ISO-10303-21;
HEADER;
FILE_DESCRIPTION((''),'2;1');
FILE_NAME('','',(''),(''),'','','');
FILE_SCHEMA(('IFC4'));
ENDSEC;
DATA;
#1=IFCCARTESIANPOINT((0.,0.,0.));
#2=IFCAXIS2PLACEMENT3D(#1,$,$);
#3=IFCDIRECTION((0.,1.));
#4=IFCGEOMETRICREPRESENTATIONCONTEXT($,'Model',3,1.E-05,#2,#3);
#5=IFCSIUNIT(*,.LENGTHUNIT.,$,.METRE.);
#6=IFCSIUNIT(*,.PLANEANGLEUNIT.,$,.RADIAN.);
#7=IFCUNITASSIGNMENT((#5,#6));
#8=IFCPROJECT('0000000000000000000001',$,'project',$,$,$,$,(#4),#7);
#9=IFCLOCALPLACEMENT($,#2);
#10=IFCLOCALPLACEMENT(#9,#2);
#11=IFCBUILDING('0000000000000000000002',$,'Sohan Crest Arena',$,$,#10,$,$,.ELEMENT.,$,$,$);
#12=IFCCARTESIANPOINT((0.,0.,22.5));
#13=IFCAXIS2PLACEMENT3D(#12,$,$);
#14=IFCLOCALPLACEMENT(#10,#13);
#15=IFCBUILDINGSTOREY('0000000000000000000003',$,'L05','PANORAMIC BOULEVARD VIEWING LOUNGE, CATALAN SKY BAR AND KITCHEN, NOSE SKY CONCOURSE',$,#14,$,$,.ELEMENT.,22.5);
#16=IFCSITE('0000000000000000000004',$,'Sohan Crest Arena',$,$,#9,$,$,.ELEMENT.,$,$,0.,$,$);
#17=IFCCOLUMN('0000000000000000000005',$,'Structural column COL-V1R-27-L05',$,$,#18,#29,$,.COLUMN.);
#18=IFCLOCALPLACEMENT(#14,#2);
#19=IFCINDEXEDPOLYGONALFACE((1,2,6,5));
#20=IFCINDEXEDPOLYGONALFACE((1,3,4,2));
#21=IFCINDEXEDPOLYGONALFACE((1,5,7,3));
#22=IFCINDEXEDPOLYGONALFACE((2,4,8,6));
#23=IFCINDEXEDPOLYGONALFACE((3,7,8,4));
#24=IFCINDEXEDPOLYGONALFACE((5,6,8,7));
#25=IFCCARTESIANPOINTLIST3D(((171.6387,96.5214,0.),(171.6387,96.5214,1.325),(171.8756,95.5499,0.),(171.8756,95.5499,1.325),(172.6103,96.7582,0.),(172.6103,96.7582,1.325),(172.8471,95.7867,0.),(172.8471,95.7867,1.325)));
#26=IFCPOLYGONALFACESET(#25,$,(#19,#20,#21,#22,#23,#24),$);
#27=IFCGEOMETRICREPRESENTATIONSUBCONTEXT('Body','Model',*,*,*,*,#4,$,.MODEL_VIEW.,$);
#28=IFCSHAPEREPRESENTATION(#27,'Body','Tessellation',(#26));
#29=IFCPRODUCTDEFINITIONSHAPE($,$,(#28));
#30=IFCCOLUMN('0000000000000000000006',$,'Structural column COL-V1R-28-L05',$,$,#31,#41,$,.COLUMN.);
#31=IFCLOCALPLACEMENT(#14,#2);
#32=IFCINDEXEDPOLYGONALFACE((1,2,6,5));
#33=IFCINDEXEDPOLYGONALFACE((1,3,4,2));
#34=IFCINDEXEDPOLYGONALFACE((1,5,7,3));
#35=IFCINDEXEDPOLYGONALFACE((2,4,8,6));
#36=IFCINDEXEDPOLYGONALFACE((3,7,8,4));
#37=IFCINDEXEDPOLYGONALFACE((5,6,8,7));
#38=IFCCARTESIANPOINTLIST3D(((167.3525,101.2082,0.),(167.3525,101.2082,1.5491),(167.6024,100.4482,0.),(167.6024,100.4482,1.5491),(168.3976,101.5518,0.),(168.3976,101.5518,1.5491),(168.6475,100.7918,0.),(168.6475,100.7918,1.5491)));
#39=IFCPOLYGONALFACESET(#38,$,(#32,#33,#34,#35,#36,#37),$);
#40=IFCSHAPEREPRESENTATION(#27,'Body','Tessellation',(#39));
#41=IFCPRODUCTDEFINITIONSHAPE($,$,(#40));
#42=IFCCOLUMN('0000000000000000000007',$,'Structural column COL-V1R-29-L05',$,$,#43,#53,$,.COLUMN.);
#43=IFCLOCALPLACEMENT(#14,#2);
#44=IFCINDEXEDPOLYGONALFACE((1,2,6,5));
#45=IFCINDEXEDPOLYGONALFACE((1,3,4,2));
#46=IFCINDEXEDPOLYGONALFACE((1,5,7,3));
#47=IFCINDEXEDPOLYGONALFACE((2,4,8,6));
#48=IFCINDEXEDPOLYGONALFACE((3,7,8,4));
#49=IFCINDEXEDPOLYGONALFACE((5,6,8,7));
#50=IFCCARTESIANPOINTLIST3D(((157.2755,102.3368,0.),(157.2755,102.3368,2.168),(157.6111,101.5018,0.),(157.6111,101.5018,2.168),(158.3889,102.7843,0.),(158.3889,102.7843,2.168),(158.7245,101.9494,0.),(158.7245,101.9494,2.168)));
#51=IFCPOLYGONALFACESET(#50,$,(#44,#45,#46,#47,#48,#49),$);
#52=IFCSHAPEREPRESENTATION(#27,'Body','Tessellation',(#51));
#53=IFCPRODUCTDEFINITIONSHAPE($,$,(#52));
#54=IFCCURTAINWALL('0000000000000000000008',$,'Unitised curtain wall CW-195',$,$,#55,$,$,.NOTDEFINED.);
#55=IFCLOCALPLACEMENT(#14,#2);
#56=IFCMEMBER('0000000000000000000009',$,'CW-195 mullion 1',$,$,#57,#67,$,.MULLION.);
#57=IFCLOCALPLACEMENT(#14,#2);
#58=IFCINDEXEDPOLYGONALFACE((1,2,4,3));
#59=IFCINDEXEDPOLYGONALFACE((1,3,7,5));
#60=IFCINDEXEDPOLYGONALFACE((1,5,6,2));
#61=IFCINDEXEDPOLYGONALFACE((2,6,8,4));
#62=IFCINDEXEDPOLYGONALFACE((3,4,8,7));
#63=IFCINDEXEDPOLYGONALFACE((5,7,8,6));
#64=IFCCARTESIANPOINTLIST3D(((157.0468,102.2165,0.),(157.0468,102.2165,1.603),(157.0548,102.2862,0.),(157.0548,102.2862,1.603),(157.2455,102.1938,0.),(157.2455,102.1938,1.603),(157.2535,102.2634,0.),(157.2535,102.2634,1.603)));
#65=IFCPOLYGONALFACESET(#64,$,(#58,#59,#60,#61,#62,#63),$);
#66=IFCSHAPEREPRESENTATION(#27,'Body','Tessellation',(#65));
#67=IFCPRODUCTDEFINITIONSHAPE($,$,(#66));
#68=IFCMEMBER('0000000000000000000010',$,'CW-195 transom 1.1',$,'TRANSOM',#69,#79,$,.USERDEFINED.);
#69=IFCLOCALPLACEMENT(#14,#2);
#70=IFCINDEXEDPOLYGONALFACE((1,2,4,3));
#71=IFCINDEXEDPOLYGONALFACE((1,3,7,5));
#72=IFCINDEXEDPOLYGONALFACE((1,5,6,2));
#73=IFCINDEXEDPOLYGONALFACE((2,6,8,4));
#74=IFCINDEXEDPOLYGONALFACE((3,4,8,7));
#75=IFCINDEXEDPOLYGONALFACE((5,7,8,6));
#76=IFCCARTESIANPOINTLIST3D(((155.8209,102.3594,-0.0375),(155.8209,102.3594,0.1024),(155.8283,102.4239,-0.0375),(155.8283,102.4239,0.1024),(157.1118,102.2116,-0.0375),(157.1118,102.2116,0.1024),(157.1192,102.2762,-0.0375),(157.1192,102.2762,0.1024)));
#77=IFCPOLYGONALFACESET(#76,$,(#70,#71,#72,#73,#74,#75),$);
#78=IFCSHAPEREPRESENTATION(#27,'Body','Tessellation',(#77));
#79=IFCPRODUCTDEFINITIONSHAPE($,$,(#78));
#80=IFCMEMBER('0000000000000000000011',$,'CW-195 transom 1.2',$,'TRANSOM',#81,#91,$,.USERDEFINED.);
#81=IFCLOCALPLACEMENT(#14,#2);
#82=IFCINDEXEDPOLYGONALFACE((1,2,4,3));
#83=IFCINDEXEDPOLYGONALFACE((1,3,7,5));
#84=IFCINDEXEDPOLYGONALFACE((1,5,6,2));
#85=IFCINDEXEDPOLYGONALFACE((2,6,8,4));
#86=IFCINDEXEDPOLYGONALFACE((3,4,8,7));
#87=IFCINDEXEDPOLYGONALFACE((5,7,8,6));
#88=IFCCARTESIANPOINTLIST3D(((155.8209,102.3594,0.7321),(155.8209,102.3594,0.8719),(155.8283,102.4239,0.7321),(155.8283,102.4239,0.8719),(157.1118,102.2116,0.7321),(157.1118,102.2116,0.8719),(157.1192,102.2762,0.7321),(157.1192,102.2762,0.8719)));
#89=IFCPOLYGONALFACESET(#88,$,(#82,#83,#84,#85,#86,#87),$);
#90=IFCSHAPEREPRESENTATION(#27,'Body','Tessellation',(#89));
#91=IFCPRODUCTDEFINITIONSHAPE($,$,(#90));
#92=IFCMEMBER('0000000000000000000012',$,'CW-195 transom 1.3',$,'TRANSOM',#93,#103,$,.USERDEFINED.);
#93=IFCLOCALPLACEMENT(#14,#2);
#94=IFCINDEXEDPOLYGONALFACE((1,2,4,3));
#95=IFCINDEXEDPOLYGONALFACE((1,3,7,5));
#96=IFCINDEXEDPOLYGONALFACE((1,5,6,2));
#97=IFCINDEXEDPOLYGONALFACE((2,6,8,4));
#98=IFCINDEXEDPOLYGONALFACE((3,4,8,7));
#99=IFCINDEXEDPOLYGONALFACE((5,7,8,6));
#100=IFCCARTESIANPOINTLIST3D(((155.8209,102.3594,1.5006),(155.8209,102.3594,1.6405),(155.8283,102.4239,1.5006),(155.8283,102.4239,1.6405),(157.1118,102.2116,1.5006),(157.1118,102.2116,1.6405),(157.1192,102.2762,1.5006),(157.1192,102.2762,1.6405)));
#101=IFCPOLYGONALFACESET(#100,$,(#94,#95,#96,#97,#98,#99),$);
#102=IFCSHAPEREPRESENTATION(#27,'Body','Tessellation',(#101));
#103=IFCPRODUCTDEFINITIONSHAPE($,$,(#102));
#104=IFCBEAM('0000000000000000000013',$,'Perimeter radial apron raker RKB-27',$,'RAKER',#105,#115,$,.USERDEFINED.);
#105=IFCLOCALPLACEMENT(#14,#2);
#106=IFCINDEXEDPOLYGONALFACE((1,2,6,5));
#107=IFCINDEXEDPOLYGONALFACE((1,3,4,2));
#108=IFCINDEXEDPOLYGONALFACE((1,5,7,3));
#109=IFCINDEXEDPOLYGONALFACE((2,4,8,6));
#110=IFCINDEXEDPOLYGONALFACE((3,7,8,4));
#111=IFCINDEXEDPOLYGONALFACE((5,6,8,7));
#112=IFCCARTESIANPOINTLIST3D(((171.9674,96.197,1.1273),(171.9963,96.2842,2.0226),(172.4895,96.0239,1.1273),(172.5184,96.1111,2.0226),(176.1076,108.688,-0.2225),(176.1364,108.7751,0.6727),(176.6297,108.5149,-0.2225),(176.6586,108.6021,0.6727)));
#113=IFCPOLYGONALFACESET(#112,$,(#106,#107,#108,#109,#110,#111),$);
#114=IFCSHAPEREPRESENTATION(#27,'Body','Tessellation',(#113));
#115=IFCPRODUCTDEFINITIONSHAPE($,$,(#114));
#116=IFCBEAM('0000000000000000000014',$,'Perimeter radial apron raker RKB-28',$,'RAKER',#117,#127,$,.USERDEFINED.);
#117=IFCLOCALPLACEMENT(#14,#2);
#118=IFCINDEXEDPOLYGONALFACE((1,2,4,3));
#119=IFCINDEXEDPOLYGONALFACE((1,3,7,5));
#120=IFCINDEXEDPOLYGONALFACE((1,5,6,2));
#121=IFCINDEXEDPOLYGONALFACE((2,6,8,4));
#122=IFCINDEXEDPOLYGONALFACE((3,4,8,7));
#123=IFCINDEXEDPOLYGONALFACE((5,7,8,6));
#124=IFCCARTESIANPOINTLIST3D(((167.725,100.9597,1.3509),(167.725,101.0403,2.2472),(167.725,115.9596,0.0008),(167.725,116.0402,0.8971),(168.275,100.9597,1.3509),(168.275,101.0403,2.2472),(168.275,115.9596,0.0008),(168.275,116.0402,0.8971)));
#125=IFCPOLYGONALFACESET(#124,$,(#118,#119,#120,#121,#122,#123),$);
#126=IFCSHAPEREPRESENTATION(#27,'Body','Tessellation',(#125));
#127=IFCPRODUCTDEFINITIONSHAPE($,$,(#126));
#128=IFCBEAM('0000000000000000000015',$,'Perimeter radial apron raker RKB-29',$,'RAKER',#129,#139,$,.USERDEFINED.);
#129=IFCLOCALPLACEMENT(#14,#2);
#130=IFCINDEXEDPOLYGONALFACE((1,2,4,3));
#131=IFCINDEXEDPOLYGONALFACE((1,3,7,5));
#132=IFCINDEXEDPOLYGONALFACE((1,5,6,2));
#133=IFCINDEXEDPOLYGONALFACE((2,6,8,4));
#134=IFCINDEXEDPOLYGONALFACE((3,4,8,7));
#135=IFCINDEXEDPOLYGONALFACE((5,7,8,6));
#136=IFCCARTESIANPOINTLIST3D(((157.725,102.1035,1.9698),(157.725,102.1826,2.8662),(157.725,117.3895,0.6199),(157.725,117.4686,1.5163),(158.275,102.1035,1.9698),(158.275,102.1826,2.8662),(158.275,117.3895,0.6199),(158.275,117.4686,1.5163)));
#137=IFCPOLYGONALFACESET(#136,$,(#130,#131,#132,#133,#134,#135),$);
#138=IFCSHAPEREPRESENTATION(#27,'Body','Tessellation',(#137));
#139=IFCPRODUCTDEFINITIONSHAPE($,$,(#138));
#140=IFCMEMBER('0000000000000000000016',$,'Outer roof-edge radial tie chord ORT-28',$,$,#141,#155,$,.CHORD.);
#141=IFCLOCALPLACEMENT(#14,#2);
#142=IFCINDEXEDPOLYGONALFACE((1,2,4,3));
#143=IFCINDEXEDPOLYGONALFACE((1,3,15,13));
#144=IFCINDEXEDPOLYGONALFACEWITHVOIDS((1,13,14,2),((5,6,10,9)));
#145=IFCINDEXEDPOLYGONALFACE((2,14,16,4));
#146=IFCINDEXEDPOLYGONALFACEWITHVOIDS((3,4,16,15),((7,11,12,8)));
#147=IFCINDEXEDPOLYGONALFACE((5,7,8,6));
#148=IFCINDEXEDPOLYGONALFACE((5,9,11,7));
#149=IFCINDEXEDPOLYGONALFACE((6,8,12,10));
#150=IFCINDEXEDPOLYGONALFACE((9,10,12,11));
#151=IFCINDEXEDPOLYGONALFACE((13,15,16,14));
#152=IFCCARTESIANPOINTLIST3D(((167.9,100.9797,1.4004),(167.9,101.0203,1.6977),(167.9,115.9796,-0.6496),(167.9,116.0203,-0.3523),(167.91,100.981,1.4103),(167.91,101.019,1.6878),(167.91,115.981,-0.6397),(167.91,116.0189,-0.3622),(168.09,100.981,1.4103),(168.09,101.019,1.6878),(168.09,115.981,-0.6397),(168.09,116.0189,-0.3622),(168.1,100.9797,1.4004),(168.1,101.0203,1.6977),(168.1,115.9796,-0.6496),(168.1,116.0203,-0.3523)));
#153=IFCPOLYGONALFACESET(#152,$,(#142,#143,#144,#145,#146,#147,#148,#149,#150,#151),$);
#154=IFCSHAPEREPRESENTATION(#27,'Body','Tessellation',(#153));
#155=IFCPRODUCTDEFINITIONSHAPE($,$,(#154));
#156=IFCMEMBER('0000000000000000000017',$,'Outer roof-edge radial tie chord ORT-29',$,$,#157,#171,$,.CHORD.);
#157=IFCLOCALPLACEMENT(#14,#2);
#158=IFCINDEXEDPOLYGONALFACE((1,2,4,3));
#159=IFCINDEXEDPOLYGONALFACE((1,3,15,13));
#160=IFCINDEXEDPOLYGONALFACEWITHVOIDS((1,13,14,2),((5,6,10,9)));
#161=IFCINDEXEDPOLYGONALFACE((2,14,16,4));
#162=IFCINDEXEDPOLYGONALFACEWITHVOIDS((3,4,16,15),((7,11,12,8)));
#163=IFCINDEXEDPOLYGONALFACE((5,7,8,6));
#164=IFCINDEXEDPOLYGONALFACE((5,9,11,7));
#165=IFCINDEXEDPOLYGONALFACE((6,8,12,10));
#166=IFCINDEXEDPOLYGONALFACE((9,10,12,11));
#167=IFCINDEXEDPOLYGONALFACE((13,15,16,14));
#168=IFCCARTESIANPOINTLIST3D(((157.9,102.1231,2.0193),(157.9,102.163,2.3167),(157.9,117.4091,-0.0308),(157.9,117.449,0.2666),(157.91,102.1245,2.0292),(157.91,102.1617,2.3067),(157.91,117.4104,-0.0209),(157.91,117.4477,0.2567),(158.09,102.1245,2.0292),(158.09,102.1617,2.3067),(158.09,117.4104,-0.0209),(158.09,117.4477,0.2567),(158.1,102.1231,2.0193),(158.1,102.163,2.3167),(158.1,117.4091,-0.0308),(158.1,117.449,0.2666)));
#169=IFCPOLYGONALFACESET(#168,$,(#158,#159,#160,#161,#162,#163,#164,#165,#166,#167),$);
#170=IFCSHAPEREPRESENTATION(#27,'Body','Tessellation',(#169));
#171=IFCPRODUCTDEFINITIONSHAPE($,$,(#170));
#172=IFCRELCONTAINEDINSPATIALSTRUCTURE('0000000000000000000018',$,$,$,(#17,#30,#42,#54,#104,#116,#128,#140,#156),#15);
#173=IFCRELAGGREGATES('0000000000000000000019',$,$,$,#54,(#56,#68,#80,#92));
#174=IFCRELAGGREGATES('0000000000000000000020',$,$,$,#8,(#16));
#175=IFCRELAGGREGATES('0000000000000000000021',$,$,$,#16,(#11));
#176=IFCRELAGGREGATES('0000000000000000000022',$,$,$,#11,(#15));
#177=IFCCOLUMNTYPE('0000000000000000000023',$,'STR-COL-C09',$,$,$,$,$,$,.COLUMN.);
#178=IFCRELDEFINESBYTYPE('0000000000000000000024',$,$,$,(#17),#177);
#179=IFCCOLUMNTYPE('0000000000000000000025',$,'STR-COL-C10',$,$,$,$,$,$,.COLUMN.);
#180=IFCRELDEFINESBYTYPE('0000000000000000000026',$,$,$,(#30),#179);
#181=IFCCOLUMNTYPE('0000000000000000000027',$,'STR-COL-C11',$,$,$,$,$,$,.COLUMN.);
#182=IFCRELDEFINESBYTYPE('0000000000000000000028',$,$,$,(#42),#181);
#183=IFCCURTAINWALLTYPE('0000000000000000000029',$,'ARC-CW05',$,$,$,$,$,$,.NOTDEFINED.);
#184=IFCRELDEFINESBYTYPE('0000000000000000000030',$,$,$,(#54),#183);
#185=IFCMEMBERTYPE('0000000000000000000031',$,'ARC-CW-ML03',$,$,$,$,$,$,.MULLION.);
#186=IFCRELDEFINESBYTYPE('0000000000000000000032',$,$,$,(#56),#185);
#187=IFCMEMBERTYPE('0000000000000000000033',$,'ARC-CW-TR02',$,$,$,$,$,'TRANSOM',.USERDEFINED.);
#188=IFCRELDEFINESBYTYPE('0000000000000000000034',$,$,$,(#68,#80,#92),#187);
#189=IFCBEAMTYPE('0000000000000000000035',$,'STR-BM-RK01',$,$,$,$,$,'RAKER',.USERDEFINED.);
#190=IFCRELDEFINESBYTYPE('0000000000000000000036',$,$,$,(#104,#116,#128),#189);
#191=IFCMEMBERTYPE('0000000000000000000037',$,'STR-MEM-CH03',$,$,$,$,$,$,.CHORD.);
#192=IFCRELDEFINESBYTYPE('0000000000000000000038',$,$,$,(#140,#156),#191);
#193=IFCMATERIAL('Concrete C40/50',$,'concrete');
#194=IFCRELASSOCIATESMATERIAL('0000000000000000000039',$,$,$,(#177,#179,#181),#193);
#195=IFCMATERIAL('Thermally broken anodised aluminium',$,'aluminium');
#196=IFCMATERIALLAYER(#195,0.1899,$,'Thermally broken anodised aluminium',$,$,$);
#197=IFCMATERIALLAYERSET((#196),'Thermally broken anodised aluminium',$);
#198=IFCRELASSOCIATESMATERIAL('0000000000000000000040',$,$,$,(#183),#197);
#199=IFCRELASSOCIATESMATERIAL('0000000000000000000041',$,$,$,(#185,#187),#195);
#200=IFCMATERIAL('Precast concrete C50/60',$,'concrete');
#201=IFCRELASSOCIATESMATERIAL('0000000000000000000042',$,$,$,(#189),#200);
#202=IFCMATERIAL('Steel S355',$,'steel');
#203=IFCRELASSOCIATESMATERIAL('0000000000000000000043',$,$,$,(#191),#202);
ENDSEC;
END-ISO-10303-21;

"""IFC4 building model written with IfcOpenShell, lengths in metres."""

from ifc_helpers import new_model, si_unit, direction, frame, origin, origin_2d, place, context, subcontext, project, spatial, rectangle, hollow_rectangle, extrude, material, layer, layer_set, material_profile, profile_set, type_object, element, aggregate, save


model = new_model("IFC4")

# Units and contexts
model_context = context("Model", 3, precision=1e-05, world=origin(), true_north=direction((0.0, 1.0)))
body_context = subcontext(model_context, "Body", "Model", "MODEL_VIEW")
ifc_project = project(units=[si_unit("LENGTHUNIT", "METRE"), si_unit("PLANEANGLEUNIT", "RADIAN")], contexts=[model_context])

# Site, building, storey
site_placement = place(None, origin())
site = spatial("IfcSite", under=ifc_project, at=site_placement, Name="Sohan Crest Arena", CompositionType="ELEMENT", RefElevation=0.0)
building_placement = place(site_placement, origin())
building = spatial("IfcBuilding", under=site, at=building_placement, Name="Sohan Crest Arena", CompositionType="ELEMENT")
storey_placement = place(building_placement, frame((0.0, 0.0, 22.5)))
storey = spatial("IfcBuildingStorey", under=building, at=storey_placement, Name="L05", Description="PANORAMIC BOULEVARD VIEWING LOUNGE, CATALAN SKY BAR AND KITCHEN, NOSE SKY CONCOURSE", CompositionType="ELEMENT", Elevation=22.5)

# Columns
ifc_material_1 = material(Name="Concrete C40/50", Category="concrete")
ifc_material_profile_1 = material_profile(ifc_material_1, rectangle(XDim=1.0, YDim=1.0, at=origin_2d()), Name="RC 1000x1000")
ifc_profile_set_1 = profile_set([ifc_material_profile_1], Name="Concrete C40/50")
column_type_1 = type_object("IfcColumnType", Name="STR-COL-C09", PredefinedType="COLUMN", material=ifc_profile_set_1)
column_1_placement = place(storey_placement, frame((172.2429, 96.1541, 0.0), z_axis=(0.0, 0.0, 1.0), x_axis=(0.971549, 0.236838, 0.0)))
element("IfcColumn", 1, at=column_1_placement, inside=storey, type_object=column_type_1, Name="Structural column COL-V1R-27-L05", PredefinedType="COLUMN", context=body_context, shape_type="SweptSolid", body=[
    extrude(rectangle(XDim=1.0, YDim=1.0, at=origin_2d()), origin(), (0.0, 0.0, 1.0), 1.325),
])
ifc_material_profile_2 = material_profile(ifc_material_1, rectangle(XDim=1.1001, YDim=0.8, at=origin_2d()), Name="RC 1100x800")
ifc_profile_set_2 = profile_set([ifc_material_profile_2], Name="Concrete C40/50")
column_type_2 = type_object("IfcColumnType", Name="STR-COL-C10", PredefinedType="COLUMN", material=ifc_profile_set_2)
column_2_placement = place(storey_placement, frame((168.0, 101.0, 0.0), z_axis=(0.0, 0.0, 1.0), x_axis=(0.949972, 0.312335, 0.0)))
element("IfcColumn", 2, at=column_2_placement, inside=storey, type_object=column_type_2, Name="Structural column COL-V1R-28-L05", PredefinedType="COLUMN", context=body_context, shape_type="SweptSolid", body=[
    extrude(rectangle(XDim=1.1001, YDim=0.8, at=origin_2d()), origin(), (0.0, 0.0, 1.0), 1.5491),
])
ifc_material_profile_3 = material_profile(ifc_material_1, rectangle(XDim=1.2, YDim=0.8999, at=origin_2d()), Name="RC 1200x900")
ifc_profile_set_3 = profile_set([ifc_material_profile_3], Name="Concrete C40/50")
column_type_3 = type_object("IfcColumnType", Name="STR-COL-C11", PredefinedType="COLUMN", material=ifc_profile_set_3)
column_3_placement = place(storey_placement, frame((158.0, 102.1431, 0.0), z_axis=(0.0, 0.0, 1.0), x_axis=(0.927836, 0.372988, 0.0)))
element("IfcColumn", 3, at=column_3_placement, inside=storey, type_object=column_type_3, Name="Structural column COL-V1R-29-L05", PredefinedType="COLUMN", context=body_context, shape_type="SweptSolid", body=[
    extrude(rectangle(XDim=1.2, YDim=0.8999, at=origin_2d()), origin(), (0.0, 0.0, 1.0), 2.168),
])

# Curtain wall, members
ifc_material_2 = material(Name="Thermally broken anodised aluminium", Category="aluminium")
ifc_layer_1 = layer(ifc_material_2, 0.1899, Name="Thermally broken anodised aluminium")
ifc_layer_set_1 = layer_set([ifc_layer_1], Name="Thermally broken anodised aluminium")
curtain_wall_type = type_object("IfcCurtainWallType", Name="ARC-CW05", PredefinedType="NOTDEFINED", material=ifc_layer_set_1)
curtain_wall_placement = place(storey_placement, origin())
curtain_wall = element("IfcCurtainWall", 4, at=curtain_wall_placement, inside=storey, type_object=curtain_wall_type, Name="Unitised curtain wall CW-195", PredefinedType="NOTDEFINED")
ifc_material_profile_4 = material_profile(ifc_material_2, rectangle(XDim=0.0701, YDim=0.2, at=origin_2d()), Name="ALU-MULL 70x200")
ifc_profile_set_4 = profile_set([ifc_material_profile_4], Name="Thermally broken anodised aluminium")
member_type_1 = type_object("IfcMemberType", Name="ARC-CW-ML03", PredefinedType="MULLION", material=ifc_profile_set_4)
member_1_placement = place(storey_placement, frame((157.1501, 102.24, 0.0), z_axis=(0.0, 0.0, 1.0), x_axis=(-0.113597, -0.993527, 0.0)))
member_1 = element("IfcMember", 5, at=member_1_placement, type_object=member_type_1, Name="CW-195 mullion 1", PredefinedType="MULLION", context=body_context, shape_type="SweptSolid", body=[
    extrude(rectangle(XDim=0.0701, YDim=0.2, at=origin_2d()), origin(), (0.0, 0.0, 1.0), 1.603),
])
ifc_material_profile_5 = material_profile(ifc_material_2, rectangle(XDim=0.0649, YDim=0.1399, at=origin_2d()), Name="ALU-TRAN 65x140")
ifc_profile_set_5 = profile_set([ifc_material_profile_5], Name="Thermally broken anodised aluminium")
member_type_2 = type_object("IfcMemberType", Name="ARC-CW-TR02", ElementType="TRANSOM", PredefinedType="USERDEFINED", material=ifc_profile_set_5)
member_2_placement = place(storey_placement, frame((157.1155, 102.2439, 0.0325), z_axis=(-0.993516, 0.11369, 0.0), x_axis=(-0.11369, -0.993516, 0.0)))
member_2 = element("IfcMember", 6, at=member_2_placement, type_object=member_type_2, Name="CW-195 transom 1.1", ObjectType="TRANSOM", PredefinedType="USERDEFINED", context=body_context, shape_type="SweptSolid", body=[
    extrude(rectangle(XDim=0.0649, YDim=0.1399, at=origin_2d()), origin(), (0.0, 0.0, 1.0), 1.2993),
])
member_3_placement = place(storey_placement, frame((157.1155, 102.2439, 0.802), z_axis=(-0.993516, 0.11369, 0.0), x_axis=(-0.11369, -0.993516, 0.0)))
member_3 = element("IfcMember", 7, at=member_3_placement, type_object=member_type_2, Name="CW-195 transom 1.2", ObjectType="TRANSOM", PredefinedType="USERDEFINED", context=body_context, shape_type="SweptSolid", body=[
    extrude(rectangle(XDim=0.0649, YDim=0.1399, at=origin_2d()), origin(), (0.0, 0.0, 1.0), 1.2993),
])
member_4_placement = place(storey_placement, frame((157.1155, 102.2439, 1.5706), z_axis=(-0.993516, 0.11369, 0.0), x_axis=(-0.11369, -0.993516, 0.0)))
member_4 = element("IfcMember", 8, at=member_4_placement, type_object=member_type_2, Name="CW-195 transom 1.3", ObjectType="TRANSOM", PredefinedType="USERDEFINED", context=body_context, shape_type="SweptSolid", body=[
    extrude(rectangle(XDim=0.0649, YDim=0.1399, at=origin_2d()), origin(), (0.0, 0.0, 1.0), 1.2993),
])
aggregate(curtain_wall, [member_1, member_2, member_3, member_4])

# Beams
ifc_material_3 = material(Name="Precast concrete C50/60", Category="concrete")
ifc_material_profile_6 = material_profile(ifc_material_3, rectangle(XDim=0.55, YDim=0.8999, at=origin_2d()), Name="RAKER 550x900")
ifc_profile_set_6 = profile_set([ifc_material_profile_6], Name="Precast concrete C50/60")
beam_type = type_object("IfcBeamType", Name="STR-BM-RK01", ElementType="RAKER", PredefinedType="USERDEFINED", material=ifc_profile_set_6)
beam_1_placement = place(storey_placement, frame((172.2429, 96.1541, 1.575), z_axis=(0.312976, 0.944263, -0.102043), x_axis=(-0.949218, 0.314619, 0.0)))
element("IfcBeam", 9, at=beam_1_placement, inside=storey, type_object=beam_type, Name="Perimeter radial apron raker RKB-27", ObjectType="RAKER", PredefinedType="USERDEFINED", context=body_context, shape_type="SweptSolid", body=[
    extrude(rectangle(XDim=0.55, YDim=0.8999, at=origin_2d()), origin(), (0.0, 0.0, 1.0), 13.2283),
])
beam_2_placement = place(storey_placement, frame((168.0, 101.0, 1.7991), z_axis=(0.0, 0.995974, -0.089644), x_axis=(-1.0, 0.0, 0.0)))
element("IfcBeam", 10, at=beam_2_placement, inside=storey, type_object=beam_type, Name="Perimeter radial apron raker RKB-28", ObjectType="RAKER", PredefinedType="USERDEFINED", context=body_context, shape_type="SweptSolid", body=[
    extrude(rectangle(XDim=0.55, YDim=0.8999, at=origin_2d()), origin(), (0.0, 0.0, 1.0), 15.0605),
])
beam_3_placement = place(storey_placement, frame((158.0, 102.1431, 2.418), z_axis=(0.0, 0.996124, -0.087965), x_axis=(-1.0, 0.0, 0.0)))
element("IfcBeam", 11, at=beam_3_placement, inside=storey, type_object=beam_type, Name="Perimeter radial apron raker RKB-29", ObjectType="RAKER", PredefinedType="USERDEFINED", context=body_context, shape_type="SweptSolid", body=[
    extrude(rectangle(XDim=0.55, YDim=0.8999, at=origin_2d()), origin(), (0.0, 0.0, 1.0), 15.3455),
])

# Members
ifc_material_4 = material(Name="Steel S355", Category="steel")
ifc_material_profile_7 = material_profile(ifc_material_4, hollow_rectangle(XDim=0.2, YDim=0.3, WallThickness=0.01, at=origin_2d()), Name="RHS 300x200x10")
ifc_profile_set_7 = profile_set([ifc_material_profile_7], Name="Steel S355")
member_type_3 = type_object("IfcMemberType", Name="STR-MEM-CH03", PredefinedType="CHORD", material=ifc_profile_set_7)
member_5_placement = place(storey_placement, frame((168.0, 101.0, 1.5491), z_axis=(0.0, 0.990789, -0.135411), x_axis=(-1.0, 0.0, 0.0)))
element("IfcMember", 12, at=member_5_placement, inside=storey, type_object=member_type_3, Name="Outer roof-edge radial tie chord ORT-28", PredefinedType="CHORD", context=body_context, shape_type="SweptSolid", body=[
    extrude(hollow_rectangle(XDim=0.2, YDim=0.3, WallThickness=0.01, at=origin_2d()), origin(), (0.0, 0.0, 1.0), 15.1394),
])
member_6_placement = place(storey_placement, frame((158.0, 102.1431, 2.168), z_axis=(0.0, 0.991126, -0.132924), x_axis=(-1.0, 0.0, 0.0)))
element("IfcMember", 13, at=member_6_placement, inside=storey, type_object=member_type_3, Name="Outer roof-edge radial tie chord ORT-29", PredefinedType="CHORD", context=body_context, shape_type="SweptSolid", body=[
    extrude(hollow_rectangle(XDim=0.2, YDim=0.3, WallThickness=0.01, at=origin_2d()), origin(), (0.0, 0.0, 1.0), 15.4229),
])

save(model, "model.ifc")
